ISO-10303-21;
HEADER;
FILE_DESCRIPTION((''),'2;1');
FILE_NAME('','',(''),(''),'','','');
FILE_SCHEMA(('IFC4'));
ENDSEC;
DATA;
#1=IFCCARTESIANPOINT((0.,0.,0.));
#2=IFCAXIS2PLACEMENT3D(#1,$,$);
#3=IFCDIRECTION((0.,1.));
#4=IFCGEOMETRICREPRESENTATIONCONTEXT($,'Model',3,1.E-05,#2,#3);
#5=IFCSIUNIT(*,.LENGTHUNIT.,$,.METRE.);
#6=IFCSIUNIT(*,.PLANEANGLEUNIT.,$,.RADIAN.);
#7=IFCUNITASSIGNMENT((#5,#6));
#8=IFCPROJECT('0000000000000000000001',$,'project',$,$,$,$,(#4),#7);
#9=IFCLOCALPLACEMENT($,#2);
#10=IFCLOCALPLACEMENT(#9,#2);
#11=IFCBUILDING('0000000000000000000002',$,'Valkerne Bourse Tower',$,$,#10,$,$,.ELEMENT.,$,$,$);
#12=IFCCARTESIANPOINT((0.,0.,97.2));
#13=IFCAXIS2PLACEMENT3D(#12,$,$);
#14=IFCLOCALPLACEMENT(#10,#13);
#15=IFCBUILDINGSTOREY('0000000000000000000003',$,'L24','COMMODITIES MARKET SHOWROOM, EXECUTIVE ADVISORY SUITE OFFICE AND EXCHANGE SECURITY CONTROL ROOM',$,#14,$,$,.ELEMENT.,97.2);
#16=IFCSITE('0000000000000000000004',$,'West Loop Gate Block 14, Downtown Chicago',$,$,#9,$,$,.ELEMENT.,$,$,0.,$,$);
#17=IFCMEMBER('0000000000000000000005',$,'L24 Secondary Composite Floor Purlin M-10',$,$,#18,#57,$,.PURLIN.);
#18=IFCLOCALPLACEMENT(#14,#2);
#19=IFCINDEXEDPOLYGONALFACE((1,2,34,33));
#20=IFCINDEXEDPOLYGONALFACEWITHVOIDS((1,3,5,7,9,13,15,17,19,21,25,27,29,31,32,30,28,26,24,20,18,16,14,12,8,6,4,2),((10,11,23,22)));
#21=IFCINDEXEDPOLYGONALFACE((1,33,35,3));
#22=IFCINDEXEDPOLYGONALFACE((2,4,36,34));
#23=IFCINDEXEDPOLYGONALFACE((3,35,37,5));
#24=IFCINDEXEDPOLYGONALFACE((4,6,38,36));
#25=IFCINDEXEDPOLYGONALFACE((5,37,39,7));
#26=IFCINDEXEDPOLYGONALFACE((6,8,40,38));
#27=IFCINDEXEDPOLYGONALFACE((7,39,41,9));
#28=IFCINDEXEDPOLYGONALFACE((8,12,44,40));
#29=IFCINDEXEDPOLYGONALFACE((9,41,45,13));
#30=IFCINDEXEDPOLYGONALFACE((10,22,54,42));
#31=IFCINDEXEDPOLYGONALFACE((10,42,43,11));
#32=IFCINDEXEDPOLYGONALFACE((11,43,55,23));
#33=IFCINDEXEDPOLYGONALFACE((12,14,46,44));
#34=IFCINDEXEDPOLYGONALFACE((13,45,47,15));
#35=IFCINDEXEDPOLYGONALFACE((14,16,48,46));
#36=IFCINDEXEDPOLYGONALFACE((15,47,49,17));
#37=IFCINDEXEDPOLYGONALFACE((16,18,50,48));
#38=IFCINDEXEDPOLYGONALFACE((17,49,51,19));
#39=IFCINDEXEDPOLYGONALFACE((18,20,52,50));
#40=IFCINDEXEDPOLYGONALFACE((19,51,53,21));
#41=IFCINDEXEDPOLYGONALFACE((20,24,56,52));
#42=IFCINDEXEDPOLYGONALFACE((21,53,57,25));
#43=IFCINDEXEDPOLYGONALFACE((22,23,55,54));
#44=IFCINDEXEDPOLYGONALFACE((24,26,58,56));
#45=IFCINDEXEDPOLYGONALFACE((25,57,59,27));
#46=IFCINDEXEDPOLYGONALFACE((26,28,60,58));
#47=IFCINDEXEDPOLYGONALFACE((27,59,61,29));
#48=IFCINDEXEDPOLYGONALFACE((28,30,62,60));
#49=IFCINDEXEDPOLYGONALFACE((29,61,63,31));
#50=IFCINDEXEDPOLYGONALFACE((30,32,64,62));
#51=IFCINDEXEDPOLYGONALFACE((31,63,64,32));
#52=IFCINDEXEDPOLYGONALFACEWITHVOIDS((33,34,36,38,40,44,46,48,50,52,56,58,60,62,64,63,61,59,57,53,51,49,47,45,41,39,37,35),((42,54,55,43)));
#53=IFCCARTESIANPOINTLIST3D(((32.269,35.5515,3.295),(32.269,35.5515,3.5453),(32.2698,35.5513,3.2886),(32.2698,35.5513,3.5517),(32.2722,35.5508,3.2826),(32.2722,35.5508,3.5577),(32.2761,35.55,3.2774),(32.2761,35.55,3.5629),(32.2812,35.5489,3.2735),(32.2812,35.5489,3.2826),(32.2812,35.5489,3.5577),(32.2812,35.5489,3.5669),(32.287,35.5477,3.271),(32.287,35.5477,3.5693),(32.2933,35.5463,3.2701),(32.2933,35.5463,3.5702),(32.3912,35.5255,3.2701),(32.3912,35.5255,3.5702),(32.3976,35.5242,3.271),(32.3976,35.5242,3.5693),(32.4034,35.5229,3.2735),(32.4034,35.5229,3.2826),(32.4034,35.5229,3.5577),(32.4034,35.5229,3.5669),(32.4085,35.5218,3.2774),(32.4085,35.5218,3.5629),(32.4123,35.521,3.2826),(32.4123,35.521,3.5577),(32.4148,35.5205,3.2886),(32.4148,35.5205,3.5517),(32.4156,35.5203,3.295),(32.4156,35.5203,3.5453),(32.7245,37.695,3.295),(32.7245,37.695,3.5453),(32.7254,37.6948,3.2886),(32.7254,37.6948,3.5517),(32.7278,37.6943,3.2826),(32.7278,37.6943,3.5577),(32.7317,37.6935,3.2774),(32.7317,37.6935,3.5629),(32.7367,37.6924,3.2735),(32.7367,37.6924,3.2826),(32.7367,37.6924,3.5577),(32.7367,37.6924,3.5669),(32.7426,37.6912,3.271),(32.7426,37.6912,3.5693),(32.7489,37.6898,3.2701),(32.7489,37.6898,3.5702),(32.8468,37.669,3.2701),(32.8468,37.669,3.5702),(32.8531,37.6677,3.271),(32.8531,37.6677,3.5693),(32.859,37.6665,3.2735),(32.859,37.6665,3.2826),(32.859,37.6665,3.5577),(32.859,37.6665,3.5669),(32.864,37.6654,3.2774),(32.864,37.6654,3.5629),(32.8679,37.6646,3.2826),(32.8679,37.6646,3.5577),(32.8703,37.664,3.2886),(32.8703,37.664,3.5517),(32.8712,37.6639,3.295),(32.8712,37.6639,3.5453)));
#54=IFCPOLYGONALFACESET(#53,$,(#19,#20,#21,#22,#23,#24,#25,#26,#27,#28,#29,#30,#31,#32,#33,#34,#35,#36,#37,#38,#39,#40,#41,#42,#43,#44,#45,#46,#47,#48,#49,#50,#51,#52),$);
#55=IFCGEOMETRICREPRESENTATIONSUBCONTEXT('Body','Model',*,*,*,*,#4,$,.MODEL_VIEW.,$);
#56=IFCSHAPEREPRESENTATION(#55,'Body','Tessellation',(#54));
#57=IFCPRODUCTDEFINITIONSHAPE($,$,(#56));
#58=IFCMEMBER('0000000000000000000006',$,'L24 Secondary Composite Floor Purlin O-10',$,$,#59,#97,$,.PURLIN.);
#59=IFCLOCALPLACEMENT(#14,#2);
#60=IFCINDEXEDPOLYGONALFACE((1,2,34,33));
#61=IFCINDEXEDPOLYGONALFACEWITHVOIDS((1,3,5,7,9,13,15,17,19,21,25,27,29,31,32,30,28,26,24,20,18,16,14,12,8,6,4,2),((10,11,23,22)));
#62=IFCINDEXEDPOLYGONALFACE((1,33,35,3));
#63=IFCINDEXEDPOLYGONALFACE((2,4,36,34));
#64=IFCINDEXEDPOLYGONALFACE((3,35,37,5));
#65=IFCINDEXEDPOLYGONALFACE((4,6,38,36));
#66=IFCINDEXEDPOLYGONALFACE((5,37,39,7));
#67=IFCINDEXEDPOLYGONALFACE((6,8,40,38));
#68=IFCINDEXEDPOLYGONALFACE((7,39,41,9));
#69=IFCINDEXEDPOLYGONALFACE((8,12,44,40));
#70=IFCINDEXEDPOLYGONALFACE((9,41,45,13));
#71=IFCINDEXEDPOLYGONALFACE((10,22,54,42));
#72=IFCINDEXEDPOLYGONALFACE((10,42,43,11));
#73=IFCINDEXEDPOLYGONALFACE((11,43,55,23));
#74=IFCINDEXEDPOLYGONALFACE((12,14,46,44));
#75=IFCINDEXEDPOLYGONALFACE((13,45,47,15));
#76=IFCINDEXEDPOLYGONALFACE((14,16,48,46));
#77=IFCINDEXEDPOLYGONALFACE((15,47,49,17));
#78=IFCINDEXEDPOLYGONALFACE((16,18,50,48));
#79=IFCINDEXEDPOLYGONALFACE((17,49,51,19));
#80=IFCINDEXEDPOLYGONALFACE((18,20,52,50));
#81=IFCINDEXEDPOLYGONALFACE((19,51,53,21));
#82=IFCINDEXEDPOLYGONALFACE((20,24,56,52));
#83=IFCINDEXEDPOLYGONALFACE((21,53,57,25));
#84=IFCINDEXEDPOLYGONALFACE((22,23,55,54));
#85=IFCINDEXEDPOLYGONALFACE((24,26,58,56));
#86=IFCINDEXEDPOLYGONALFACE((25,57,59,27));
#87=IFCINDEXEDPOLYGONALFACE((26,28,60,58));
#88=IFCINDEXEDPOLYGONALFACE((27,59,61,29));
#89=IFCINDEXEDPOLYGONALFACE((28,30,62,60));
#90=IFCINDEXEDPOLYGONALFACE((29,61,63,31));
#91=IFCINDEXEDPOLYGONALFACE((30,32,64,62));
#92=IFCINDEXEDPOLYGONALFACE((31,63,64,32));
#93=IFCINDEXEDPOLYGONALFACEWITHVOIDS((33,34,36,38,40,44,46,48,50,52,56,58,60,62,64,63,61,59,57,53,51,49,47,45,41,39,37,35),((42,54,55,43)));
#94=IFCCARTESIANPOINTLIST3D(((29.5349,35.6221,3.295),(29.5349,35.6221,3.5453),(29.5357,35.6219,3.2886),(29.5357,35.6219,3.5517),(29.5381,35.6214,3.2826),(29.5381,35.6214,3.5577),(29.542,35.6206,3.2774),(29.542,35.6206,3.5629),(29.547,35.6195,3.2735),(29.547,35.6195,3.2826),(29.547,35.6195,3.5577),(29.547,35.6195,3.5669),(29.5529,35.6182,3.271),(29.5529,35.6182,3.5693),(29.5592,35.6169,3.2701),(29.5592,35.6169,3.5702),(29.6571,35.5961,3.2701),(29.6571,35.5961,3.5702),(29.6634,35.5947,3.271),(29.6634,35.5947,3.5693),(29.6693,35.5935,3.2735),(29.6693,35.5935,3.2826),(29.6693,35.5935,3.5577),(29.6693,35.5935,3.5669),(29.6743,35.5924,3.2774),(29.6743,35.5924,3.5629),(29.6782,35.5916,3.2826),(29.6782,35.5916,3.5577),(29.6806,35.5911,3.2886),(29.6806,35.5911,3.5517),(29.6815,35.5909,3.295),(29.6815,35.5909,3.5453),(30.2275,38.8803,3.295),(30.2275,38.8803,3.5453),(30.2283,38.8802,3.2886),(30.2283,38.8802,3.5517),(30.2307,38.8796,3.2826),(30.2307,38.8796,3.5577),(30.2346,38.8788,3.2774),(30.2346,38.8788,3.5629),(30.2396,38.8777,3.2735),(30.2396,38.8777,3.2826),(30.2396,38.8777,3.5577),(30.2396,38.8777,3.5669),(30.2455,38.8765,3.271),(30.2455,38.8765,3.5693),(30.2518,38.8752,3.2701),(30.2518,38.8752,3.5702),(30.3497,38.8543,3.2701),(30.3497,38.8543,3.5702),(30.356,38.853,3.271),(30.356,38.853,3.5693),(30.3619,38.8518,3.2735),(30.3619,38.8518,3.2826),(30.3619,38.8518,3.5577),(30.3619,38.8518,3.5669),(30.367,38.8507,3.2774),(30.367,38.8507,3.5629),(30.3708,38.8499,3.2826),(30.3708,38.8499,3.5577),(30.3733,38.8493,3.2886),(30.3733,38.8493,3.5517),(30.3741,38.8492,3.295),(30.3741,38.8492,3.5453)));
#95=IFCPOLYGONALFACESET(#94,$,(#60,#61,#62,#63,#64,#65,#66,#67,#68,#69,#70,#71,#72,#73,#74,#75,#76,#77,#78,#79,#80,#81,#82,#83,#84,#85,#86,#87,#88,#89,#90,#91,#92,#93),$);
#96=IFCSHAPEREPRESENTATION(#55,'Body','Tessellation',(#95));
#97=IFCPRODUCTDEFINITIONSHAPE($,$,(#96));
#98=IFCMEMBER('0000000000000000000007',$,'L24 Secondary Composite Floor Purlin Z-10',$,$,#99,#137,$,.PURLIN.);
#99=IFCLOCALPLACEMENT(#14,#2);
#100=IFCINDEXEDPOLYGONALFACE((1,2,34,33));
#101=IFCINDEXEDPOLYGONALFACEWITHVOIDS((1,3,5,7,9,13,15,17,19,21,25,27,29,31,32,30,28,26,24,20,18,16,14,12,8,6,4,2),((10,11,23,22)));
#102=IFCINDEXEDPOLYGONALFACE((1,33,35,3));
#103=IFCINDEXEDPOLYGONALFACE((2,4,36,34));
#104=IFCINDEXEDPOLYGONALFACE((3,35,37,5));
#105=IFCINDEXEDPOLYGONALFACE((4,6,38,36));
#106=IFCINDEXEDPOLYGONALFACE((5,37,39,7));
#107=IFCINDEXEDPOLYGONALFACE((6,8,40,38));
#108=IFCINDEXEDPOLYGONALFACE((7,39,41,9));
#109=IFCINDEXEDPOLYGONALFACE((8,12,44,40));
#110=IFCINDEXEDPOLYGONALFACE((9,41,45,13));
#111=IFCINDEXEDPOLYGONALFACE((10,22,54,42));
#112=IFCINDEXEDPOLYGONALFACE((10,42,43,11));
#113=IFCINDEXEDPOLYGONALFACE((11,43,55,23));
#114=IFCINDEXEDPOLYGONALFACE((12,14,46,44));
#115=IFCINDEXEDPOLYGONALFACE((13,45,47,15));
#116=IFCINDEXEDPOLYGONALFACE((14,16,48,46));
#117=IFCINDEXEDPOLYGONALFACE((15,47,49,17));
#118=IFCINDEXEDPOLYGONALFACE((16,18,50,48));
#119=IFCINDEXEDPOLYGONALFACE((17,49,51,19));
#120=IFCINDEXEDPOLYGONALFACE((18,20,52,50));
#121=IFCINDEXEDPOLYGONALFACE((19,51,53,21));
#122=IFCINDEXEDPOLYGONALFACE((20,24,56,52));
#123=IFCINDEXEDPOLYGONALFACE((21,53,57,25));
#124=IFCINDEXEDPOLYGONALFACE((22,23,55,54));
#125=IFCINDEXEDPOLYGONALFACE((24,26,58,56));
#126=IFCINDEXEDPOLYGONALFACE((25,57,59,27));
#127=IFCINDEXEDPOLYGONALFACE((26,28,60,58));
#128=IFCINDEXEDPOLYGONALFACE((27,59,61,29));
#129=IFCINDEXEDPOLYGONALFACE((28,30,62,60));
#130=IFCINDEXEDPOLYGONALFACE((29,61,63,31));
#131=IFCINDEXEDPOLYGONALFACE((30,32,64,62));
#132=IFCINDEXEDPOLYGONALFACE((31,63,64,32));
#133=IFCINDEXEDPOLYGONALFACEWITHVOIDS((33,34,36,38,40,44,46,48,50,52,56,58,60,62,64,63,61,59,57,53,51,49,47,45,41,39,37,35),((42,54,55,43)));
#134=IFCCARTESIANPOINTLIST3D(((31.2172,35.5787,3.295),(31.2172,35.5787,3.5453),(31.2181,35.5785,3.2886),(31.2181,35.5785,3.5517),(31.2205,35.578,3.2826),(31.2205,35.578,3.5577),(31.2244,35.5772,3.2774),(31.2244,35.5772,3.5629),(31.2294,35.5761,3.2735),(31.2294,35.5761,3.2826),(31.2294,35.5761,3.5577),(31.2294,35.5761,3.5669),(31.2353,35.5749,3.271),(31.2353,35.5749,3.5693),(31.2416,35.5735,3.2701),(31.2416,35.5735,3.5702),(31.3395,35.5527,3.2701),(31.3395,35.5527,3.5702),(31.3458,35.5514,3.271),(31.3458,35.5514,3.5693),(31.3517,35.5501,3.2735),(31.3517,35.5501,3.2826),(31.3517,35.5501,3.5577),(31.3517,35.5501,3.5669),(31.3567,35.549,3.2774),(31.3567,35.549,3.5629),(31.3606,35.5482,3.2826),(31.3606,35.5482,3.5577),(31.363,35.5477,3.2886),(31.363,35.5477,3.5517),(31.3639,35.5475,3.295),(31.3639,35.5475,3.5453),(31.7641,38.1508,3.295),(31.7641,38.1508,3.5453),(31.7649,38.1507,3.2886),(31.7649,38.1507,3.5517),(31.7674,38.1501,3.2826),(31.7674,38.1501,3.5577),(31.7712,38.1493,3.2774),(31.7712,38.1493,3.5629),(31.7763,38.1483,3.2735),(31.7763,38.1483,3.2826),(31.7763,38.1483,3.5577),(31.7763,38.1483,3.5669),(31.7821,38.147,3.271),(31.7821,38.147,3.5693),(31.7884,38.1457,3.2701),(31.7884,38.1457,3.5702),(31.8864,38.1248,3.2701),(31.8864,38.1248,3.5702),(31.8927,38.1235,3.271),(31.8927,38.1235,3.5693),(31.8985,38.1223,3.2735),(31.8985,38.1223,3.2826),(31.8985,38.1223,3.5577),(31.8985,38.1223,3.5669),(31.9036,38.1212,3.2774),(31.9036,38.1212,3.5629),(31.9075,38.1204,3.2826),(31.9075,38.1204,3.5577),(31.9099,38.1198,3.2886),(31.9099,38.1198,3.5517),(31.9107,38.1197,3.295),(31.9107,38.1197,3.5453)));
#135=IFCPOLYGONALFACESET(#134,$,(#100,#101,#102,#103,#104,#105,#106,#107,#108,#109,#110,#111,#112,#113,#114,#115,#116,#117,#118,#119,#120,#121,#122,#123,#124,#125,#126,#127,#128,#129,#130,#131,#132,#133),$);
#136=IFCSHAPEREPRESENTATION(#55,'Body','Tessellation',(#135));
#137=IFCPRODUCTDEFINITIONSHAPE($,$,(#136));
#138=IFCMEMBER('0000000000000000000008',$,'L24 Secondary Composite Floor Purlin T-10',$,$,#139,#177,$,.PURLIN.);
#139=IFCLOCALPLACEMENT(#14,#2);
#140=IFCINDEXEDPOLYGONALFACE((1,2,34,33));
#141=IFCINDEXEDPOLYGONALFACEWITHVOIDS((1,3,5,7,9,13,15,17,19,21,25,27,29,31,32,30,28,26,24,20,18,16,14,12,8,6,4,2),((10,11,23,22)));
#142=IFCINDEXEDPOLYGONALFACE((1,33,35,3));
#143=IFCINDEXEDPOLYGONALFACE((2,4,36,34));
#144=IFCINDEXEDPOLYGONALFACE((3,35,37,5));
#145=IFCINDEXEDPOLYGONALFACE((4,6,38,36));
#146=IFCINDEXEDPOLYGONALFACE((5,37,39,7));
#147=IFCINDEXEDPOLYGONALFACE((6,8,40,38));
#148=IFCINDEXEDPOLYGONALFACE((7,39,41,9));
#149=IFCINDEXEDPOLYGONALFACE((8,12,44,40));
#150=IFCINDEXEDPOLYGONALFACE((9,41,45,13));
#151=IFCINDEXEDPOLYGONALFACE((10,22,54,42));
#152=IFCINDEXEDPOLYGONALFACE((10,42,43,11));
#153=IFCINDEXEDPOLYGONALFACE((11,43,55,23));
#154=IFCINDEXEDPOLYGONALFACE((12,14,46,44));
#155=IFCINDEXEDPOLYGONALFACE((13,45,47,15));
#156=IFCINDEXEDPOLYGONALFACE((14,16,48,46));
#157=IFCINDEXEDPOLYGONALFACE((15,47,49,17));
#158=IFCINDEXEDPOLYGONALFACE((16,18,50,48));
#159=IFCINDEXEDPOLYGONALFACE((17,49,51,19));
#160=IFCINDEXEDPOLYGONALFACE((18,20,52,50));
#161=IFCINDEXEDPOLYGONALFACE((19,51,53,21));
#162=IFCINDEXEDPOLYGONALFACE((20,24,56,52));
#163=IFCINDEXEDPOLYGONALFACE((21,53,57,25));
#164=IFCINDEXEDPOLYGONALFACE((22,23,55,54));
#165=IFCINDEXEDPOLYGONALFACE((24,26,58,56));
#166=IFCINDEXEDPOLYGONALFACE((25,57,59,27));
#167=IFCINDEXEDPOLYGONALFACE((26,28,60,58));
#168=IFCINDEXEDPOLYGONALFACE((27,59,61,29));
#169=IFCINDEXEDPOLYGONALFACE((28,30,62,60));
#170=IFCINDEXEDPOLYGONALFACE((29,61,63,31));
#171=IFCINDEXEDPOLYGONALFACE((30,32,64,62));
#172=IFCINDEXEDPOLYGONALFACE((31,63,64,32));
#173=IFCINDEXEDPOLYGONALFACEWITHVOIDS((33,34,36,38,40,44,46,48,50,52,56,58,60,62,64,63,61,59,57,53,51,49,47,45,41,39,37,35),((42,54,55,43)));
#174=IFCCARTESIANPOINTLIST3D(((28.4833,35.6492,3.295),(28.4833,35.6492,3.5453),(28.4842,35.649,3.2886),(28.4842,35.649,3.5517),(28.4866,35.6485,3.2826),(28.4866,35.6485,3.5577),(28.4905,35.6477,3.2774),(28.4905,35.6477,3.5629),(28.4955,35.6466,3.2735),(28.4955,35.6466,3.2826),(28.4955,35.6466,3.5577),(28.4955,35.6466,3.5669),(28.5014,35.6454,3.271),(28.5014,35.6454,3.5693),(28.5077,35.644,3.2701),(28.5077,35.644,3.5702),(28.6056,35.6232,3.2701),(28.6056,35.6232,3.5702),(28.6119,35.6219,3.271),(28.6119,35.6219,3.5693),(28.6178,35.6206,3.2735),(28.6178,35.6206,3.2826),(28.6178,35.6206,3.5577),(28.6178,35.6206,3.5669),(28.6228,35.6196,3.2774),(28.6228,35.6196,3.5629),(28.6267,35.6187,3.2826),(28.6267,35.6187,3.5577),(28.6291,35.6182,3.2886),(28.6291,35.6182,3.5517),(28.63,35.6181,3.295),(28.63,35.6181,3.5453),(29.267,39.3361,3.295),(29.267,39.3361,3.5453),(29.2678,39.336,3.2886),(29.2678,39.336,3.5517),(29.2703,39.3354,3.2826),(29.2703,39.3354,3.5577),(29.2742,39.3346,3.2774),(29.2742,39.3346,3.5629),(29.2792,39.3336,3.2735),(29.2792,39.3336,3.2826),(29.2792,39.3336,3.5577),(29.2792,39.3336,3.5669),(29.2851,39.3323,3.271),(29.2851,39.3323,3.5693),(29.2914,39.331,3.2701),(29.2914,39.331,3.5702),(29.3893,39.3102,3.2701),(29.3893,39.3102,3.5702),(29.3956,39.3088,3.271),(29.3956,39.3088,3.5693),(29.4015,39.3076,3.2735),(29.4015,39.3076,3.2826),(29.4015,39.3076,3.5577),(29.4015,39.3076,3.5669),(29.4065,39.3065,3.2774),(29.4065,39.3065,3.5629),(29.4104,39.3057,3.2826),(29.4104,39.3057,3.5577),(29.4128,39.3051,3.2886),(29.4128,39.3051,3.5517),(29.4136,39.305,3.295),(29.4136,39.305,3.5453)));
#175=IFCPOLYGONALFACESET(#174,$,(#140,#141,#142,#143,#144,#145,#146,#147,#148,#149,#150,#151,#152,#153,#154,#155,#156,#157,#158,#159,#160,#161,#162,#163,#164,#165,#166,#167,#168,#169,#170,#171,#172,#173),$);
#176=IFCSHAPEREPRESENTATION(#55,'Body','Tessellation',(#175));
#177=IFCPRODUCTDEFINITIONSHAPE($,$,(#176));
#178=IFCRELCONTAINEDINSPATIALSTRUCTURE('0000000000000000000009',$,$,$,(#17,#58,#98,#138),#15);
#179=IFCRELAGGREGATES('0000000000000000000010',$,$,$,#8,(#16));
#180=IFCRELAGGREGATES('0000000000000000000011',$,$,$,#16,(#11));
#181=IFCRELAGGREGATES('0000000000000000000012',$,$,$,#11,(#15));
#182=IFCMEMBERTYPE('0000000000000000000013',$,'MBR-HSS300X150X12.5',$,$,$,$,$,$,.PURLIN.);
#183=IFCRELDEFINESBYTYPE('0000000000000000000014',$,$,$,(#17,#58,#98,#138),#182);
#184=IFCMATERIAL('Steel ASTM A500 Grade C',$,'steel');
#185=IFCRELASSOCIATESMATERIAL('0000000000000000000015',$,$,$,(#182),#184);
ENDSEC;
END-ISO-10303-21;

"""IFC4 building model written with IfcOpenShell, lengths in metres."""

from ifc_helpers import new_model, si_unit, direction, frame, origin, origin_2d, place, context, subcontext, project, spatial, hollow_rectangle, extrude, material, material_profile, profile_set, type_object, element, save


model = new_model("IFC4")

# Units and contexts
model_context = context("Model", 3, precision=1e-05, world=origin(), true_north=direction((0.0, 1.0)))
body_context = subcontext(model_context, "Body", "Model", "MODEL_VIEW")
ifc_project = project(units=[si_unit("LENGTHUNIT", "METRE"), si_unit("PLANEANGLEUNIT", "RADIAN")], contexts=[model_context])

# Site, building, storey
site_placement = place(None, origin())
site = spatial("IfcSite", under=ifc_project, at=site_placement, Name="West Loop Gate Block 14, Downtown Chicago", CompositionType="ELEMENT", RefElevation=0.0)
building_placement = place(site_placement, origin())
building = spatial("IfcBuilding", under=site, at=building_placement, Name="Valkerne Bourse Tower", CompositionType="ELEMENT")
storey_placement = place(building_placement, frame((0.0, 0.0, 97.2)))
storey = spatial("IfcBuildingStorey", under=building, at=storey_placement, Name="L24", Description="COMMODITIES MARKET SHOWROOM, EXECUTIVE ADVISORY SUITE OFFICE AND EXCHANGE SECURITY CONTROL ROOM", CompositionType="ELEMENT", Elevation=97.2)

# Members
ifc_material_1 = material(Name="Steel ASTM A500 Grade C", Category="steel")
ifc_material_profile_1 = material_profile(ifc_material_1, hollow_rectangle(XDim=0.1499, YDim=0.3, WallThickness=0.0125, OuterFilletRadius=0.0249, at=origin_2d()), Name="HSS300X150X12.5")
ifc_profile_set_1 = profile_set([ifc_material_profile_1], Name="Steel ASTM A500 Grade C")
member_type_1 = type_object("IfcMemberType", Name="MBR-HSS300X150X12.5", PredefinedType="PURLIN", material=ifc_profile_set_1)
member_1_placement = place(storey_placement, frame((32.7979, 37.6794, 3.4202), z_axis=(-0.207885, -0.978153, 0.0), x_axis=(0.978153, -0.207885, 0.0)))
element("IfcMember", 1, at=member_1_placement, inside=storey, type_object=member_type_1, Name="L24 Secondary Composite Floor Purlin M-10", PredefinedType="PURLIN", context=body_context, shape_type="SweptSolid", body=[
    extrude(hollow_rectangle(XDim=0.1499, YDim=0.3, WallThickness=0.0125, OuterFilletRadius=0.0249, at=origin_2d()), origin(), (0.0, 0.0, 1.0), 2.1914),
])
member_2_placement = place(storey_placement, frame((30.3008, 38.8647, 3.4202), z_axis=(-0.207927, -0.978144, 0.0), x_axis=(0.978144, -0.207927, 0.0)))
element("IfcMember", 2, at=member_2_placement, inside=storey, type_object=member_type_1, Name="L24 Secondary Composite Floor Purlin O-10", PredefinedType="PURLIN", context=body_context, shape_type="SweptSolid", body=[
    extrude(hollow_rectangle(XDim=0.1499, YDim=0.3, WallThickness=0.0125, OuterFilletRadius=0.0249, at=origin_2d()), origin(), (0.0, 0.0, 1.0), 3.3311),
])
member_3_placement = place(storey_placement, frame((31.8374, 38.1353, 3.4202), z_axis=(-0.207956, -0.978138, 0.0), x_axis=(0.978138, -0.207956, 0.0)))
element("IfcMember", 3, at=member_3_placement, inside=storey, type_object=member_type_1, Name="L24 Secondary Composite Floor Purlin Z-10", PredefinedType="PURLIN", context=body_context, shape_type="SweptSolid", body=[
    extrude(hollow_rectangle(XDim=0.1499, YDim=0.3, WallThickness=0.0125, OuterFilletRadius=0.0249, at=origin_2d()), origin(), (0.0, 0.0, 1.0), 2.6296),
])
member_4_placement = place(storey_placement, frame((29.3403, 39.3206, 3.4202), z_axis=(-0.20791, -0.978148, 0.0), x_axis=(0.978148, -0.20791, 0.0)))
element("IfcMember", 4, at=member_4_placement, inside=storey, type_object=member_type_1, Name="L24 Secondary Composite Floor Purlin T-10", PredefinedType="PURLIN", context=body_context, shape_type="SweptSolid", body=[
    extrude(hollow_rectangle(XDim=0.1499, YDim=0.3, WallThickness=0.0125, OuterFilletRadius=0.0249, at=origin_2d()), origin(), (0.0, 0.0, 1.0), 3.7693),
])

save(model, "model.ifc")
